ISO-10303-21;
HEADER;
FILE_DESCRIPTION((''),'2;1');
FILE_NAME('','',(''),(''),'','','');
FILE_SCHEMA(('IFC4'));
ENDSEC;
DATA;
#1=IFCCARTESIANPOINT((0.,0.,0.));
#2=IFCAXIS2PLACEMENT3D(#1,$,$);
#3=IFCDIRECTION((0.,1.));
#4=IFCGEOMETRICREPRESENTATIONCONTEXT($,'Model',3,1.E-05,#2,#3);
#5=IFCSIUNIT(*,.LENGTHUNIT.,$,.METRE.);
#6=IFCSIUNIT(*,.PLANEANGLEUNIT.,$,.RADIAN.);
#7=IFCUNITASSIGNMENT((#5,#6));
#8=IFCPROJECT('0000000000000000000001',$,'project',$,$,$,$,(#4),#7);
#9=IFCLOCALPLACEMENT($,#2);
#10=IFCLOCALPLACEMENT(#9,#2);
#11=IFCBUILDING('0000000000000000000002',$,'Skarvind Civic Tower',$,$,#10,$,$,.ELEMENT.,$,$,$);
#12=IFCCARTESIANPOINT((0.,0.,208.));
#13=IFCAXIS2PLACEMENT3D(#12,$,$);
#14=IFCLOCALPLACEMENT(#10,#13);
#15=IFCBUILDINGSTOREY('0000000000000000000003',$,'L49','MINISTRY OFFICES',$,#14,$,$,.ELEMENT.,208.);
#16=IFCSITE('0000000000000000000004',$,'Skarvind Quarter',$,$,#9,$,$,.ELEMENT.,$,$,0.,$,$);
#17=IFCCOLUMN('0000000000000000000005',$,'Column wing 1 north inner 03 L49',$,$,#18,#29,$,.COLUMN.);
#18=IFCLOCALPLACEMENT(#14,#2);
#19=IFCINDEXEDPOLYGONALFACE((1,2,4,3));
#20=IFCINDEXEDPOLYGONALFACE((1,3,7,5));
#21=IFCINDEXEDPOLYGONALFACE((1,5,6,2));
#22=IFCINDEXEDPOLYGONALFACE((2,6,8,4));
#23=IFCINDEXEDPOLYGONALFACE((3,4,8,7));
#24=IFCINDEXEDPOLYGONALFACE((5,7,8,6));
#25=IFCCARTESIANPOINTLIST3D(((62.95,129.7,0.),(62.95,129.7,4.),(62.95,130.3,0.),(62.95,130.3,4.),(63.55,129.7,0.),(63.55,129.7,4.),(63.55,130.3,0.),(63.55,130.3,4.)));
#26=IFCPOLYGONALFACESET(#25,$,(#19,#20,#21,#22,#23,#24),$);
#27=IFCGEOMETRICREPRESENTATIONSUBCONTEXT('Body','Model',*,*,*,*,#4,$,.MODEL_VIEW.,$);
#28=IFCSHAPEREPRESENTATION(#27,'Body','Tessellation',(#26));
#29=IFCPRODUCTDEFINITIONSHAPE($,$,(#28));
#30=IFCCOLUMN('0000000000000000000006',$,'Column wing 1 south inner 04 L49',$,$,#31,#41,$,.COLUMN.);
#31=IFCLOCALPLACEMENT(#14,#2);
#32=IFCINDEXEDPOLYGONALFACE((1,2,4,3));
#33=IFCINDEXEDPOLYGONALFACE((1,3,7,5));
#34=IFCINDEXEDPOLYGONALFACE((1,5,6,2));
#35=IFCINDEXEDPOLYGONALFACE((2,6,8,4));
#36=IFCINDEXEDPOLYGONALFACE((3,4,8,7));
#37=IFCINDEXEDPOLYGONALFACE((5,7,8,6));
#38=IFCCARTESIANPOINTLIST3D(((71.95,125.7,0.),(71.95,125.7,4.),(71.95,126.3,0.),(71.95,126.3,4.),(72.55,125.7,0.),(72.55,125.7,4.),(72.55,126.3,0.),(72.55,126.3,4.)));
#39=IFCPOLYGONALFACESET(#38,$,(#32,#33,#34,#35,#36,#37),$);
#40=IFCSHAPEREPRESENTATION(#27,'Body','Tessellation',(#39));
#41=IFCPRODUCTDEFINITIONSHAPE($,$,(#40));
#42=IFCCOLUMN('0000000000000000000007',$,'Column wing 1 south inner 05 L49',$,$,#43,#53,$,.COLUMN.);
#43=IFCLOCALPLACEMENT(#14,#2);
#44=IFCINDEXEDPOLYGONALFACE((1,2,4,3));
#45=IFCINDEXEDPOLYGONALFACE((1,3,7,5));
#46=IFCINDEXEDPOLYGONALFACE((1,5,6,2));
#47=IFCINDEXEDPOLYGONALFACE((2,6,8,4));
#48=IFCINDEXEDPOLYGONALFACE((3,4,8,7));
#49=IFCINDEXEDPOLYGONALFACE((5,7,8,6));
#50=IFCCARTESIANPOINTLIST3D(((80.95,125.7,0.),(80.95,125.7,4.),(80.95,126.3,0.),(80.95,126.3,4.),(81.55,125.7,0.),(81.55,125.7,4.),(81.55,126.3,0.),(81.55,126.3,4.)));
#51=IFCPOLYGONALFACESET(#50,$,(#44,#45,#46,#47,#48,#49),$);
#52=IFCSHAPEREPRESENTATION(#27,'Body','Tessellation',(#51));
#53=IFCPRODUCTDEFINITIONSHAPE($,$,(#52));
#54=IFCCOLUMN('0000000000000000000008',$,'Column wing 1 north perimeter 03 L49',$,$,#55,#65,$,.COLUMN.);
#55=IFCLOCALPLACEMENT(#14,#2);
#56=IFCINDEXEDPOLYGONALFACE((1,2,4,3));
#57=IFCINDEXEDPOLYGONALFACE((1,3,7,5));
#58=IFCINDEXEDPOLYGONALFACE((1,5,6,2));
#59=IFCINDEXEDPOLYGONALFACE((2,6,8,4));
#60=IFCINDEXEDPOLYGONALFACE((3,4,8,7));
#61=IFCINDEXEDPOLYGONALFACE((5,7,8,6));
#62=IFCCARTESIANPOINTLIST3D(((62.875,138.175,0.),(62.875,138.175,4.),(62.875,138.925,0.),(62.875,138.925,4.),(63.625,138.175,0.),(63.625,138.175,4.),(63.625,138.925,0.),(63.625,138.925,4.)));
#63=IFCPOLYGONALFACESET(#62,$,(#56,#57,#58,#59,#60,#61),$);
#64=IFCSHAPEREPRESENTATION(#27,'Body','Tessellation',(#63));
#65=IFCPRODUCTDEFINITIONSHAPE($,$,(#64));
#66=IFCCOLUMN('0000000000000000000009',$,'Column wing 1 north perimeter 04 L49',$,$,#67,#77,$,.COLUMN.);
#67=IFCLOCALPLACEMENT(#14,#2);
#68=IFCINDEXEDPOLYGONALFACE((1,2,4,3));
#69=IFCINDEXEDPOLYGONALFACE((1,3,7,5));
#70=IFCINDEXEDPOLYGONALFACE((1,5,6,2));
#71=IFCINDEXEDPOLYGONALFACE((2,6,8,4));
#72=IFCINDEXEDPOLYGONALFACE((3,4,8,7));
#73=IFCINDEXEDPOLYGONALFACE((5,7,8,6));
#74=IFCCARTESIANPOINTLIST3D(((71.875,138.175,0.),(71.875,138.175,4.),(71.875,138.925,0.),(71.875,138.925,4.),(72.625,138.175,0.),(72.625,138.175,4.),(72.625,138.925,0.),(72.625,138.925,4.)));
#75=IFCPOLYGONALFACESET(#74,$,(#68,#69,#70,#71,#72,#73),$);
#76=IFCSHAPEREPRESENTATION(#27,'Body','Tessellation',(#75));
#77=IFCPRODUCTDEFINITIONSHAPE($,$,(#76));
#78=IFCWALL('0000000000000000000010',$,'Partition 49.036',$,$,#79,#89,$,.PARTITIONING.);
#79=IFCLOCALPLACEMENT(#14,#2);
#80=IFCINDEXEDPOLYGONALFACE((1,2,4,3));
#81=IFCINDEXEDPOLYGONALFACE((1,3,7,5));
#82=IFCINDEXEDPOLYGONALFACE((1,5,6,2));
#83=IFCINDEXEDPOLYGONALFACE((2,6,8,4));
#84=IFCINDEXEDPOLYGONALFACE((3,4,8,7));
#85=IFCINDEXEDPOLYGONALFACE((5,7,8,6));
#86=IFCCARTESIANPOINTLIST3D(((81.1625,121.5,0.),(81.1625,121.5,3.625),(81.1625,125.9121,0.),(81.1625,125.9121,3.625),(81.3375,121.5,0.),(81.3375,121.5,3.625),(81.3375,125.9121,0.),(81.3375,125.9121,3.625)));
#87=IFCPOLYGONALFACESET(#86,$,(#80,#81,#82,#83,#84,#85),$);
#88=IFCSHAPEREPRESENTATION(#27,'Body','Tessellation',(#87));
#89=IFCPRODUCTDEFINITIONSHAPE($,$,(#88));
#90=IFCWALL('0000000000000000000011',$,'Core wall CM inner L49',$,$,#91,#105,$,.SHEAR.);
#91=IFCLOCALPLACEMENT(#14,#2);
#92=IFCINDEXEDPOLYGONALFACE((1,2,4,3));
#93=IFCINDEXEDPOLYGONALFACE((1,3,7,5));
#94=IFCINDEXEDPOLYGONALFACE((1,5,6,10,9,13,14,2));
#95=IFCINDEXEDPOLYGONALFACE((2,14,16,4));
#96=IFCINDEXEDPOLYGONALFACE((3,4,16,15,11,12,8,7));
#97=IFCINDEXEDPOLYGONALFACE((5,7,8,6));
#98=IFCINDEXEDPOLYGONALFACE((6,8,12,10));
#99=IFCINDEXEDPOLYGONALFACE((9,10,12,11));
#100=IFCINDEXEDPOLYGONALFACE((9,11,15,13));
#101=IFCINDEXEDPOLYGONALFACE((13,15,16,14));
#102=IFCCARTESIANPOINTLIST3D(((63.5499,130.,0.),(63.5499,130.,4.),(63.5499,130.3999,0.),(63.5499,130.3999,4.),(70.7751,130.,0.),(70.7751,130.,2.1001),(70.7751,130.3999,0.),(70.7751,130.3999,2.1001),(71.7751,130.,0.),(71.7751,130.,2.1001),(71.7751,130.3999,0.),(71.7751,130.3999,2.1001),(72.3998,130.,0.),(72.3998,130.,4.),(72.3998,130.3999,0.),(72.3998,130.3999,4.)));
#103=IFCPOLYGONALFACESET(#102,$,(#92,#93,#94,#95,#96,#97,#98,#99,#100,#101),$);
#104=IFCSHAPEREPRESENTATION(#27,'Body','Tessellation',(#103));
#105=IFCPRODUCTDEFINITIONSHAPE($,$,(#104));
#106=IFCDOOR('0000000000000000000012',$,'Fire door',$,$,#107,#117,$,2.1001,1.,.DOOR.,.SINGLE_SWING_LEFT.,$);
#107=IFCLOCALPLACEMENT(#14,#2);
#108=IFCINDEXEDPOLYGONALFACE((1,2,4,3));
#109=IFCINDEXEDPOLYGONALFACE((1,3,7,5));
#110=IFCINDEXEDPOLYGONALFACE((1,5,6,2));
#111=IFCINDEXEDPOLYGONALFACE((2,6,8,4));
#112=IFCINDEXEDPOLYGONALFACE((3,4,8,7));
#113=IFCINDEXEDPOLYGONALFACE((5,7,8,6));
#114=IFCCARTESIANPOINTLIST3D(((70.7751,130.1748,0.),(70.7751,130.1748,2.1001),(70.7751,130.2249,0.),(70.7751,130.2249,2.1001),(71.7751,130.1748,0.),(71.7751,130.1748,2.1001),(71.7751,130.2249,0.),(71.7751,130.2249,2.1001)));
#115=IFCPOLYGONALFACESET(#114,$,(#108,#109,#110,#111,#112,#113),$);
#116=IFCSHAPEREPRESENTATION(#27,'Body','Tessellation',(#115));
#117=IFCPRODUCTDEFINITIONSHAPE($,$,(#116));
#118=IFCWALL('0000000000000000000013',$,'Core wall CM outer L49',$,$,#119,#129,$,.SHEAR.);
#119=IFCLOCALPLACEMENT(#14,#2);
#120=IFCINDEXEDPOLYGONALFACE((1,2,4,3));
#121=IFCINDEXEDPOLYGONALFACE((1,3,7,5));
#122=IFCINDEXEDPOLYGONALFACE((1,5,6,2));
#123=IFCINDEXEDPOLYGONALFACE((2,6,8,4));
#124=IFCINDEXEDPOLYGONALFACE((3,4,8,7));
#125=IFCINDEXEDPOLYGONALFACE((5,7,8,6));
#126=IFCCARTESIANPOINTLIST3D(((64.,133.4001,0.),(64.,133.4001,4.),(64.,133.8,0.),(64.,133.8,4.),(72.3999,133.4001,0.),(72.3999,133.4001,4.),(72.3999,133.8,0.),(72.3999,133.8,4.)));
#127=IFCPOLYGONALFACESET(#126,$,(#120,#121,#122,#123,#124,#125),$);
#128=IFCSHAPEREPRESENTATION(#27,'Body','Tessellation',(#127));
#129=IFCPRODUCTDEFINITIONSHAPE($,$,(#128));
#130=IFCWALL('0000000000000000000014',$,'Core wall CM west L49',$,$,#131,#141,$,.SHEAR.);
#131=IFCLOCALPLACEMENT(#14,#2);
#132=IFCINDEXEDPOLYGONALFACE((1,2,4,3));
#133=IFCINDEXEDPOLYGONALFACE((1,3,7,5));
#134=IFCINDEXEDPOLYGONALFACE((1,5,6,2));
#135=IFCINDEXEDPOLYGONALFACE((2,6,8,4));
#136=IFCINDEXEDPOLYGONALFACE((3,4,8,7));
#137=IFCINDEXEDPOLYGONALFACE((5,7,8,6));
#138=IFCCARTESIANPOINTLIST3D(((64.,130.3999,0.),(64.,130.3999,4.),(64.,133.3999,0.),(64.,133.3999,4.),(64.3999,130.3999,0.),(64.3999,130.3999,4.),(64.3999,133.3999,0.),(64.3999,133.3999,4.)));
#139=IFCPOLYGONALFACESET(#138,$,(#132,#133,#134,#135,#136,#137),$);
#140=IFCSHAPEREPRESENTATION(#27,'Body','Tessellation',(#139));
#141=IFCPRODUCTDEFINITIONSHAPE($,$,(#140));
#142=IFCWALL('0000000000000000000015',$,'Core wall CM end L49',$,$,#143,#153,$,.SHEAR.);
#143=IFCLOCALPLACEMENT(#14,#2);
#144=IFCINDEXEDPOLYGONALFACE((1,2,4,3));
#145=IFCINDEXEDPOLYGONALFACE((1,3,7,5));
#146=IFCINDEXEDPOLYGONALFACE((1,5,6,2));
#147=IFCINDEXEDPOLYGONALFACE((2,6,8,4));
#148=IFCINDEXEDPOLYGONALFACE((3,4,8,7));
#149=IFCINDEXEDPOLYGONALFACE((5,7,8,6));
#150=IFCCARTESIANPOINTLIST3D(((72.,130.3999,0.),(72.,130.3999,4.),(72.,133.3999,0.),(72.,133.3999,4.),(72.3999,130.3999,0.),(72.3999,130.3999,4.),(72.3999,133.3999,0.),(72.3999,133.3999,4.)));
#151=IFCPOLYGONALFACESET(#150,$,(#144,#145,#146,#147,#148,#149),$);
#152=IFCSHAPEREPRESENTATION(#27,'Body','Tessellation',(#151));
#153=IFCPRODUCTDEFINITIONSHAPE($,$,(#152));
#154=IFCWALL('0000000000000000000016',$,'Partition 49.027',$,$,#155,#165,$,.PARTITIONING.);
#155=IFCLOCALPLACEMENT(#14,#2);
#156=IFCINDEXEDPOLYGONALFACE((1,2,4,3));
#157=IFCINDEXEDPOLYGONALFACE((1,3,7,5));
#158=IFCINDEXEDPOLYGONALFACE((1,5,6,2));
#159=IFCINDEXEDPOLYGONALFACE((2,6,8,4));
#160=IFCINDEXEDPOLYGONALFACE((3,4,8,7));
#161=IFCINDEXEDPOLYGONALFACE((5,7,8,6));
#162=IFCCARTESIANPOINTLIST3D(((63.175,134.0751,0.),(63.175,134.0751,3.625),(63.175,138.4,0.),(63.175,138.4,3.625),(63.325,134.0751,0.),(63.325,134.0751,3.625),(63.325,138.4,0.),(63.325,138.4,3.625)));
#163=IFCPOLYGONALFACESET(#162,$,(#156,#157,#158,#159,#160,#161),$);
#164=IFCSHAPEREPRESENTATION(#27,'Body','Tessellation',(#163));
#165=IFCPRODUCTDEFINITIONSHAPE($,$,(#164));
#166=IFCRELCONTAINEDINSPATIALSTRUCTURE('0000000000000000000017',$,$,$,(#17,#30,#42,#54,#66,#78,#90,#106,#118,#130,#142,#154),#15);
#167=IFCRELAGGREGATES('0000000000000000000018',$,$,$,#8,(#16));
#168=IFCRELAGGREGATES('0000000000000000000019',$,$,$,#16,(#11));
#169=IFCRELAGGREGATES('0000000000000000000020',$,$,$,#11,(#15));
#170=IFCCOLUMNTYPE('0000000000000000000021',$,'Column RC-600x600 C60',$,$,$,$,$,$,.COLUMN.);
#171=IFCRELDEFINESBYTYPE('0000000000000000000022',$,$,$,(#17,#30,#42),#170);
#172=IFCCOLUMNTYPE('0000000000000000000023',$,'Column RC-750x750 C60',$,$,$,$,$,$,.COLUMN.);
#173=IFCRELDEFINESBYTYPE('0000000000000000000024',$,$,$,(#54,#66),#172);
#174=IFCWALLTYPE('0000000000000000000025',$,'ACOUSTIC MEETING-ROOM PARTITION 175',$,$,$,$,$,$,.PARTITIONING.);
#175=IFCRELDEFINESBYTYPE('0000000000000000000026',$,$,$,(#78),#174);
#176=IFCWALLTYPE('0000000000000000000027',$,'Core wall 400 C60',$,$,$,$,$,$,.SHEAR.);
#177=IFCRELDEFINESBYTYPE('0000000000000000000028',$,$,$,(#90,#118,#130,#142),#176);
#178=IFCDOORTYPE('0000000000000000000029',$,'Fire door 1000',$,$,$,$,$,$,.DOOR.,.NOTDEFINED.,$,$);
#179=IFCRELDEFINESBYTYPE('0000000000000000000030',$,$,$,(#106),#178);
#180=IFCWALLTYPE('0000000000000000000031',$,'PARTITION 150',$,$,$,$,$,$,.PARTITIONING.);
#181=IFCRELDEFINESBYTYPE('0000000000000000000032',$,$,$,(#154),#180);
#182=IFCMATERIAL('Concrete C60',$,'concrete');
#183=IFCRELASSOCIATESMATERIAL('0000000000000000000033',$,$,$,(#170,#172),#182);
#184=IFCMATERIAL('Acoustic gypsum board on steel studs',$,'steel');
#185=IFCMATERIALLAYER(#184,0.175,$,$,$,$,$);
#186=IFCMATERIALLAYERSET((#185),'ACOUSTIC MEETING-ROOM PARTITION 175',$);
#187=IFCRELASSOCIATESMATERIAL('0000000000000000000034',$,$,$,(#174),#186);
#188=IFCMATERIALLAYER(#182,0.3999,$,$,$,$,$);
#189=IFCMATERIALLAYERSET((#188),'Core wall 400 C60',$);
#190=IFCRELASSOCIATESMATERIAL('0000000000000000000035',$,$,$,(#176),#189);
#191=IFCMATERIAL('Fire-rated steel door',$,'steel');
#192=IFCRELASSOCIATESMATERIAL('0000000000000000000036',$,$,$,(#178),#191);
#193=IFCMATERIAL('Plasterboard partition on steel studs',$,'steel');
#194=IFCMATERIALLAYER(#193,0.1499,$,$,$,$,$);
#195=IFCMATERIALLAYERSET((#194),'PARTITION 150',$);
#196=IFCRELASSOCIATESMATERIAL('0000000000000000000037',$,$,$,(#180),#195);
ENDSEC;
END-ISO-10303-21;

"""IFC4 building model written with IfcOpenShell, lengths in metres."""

from ifc_helpers import new_model, si_unit, direction, frame, frame_2d, origin, origin_2d, place, context, subcontext, project, spatial, rectangle, extrude, material, layer, layer_set, material_profile, profile_set, type_object, element, fill, save


model = new_model("IFC4")

# Units and contexts
model_context = context("Model", 3, precision=1e-05, world=origin(), true_north=direction((0.0, 1.0)))
body_context = subcontext(model_context, "Body", "Model", "MODEL_VIEW")
ifc_project = project(units=[si_unit("LENGTHUNIT", "METRE"), si_unit("PLANEANGLEUNIT", "RADIAN")], contexts=[model_context])

# Site, building, storey
site_placement = place(None, origin())
site = spatial("IfcSite", under=ifc_project, at=site_placement, Name="Skarvind Quarter", CompositionType="ELEMENT", RefElevation=0.0)
building_placement = place(site_placement, origin())
building = spatial("IfcBuilding", under=site, at=building_placement, Name="Skarvind Civic Tower", CompositionType="ELEMENT")
storey_placement = place(building_placement, frame((0.0, 0.0, 208.0)))
storey = spatial("IfcBuildingStorey", under=building, at=storey_placement, Name="L49", Description="MINISTRY OFFICES", CompositionType="ELEMENT", Elevation=208.0)

# Columns
ifc_material_1 = material(Name="Concrete C60", Category="concrete")
ifc_material_profile_1 = material_profile(ifc_material_1, rectangle(XDim=0.6001, YDim=0.6001, at=origin_2d()), Name="RC-600x600")
ifc_profile_set_1 = profile_set([ifc_material_profile_1], Name="Concrete C60")
column_type_1 = type_object("IfcColumnType", Name="Column RC-600x600 C60", PredefinedType="COLUMN", material=ifc_profile_set_1)
for number, where, z_axis, x_axis, name in (
    (1, (63.25, 130.0, 0.0), (0.0, 0.0, 1.0), (1.0, 0.0, 0.0), "Column wing 1 north inner 03 L49"),
    (2, (72.25, 126.0, 0.0), (0.0, 0.0, 1.0), (1.0, 0.0, 0.0), "Column wing 1 south inner 04 L49"),
    (3, (81.25, 126.0, 0.0), (0.0, 0.0, 1.0), (1.0, 0.0, 0.0), "Column wing 1 south inner 05 L49"),
):
    element("IfcColumn", number, at=place(storey_placement, frame(where, z_axis=z_axis, x_axis=x_axis)), inside=storey, type_object=column_type_1, Name=name, PredefinedType="COLUMN", context=body_context, shape_type="SweptSolid", body=[
        extrude(rectangle(XDim=0.6001, YDim=0.6001, at=origin_2d()), origin(), (0.0, 0.0, 1.0), 4.0),
    ])
ifc_material_profile_2 = material_profile(ifc_material_1, rectangle(XDim=0.75, YDim=0.75, at=origin_2d()), Name="RC-750x750")
ifc_profile_set_2 = profile_set([ifc_material_profile_2], Name="Concrete C60")
column_type_2 = type_object("IfcColumnType", Name="Column RC-750x750 C60", PredefinedType="COLUMN", material=ifc_profile_set_2)
for number, where, z_axis, x_axis, name in (
    (4, (63.25, 138.55, 0.0), (0.0, 0.0, 1.0), (1.0, 0.0, 0.0), "Column wing 1 north perimeter 03 L49"),
    (5, (72.25, 138.55, 0.0), (0.0, 0.0, 1.0), (1.0, 0.0, 0.0), "Column wing 1 north perimeter 04 L49"),
):
    element("IfcColumn", number, at=place(storey_placement, frame(where, z_axis=z_axis, x_axis=x_axis)), inside=storey, type_object=column_type_2, Name=name, PredefinedType="COLUMN", context=body_context, shape_type="SweptSolid", body=[
        extrude(rectangle(XDim=0.75, YDim=0.75, at=origin_2d()), origin(), (0.0, 0.0, 1.0), 4.0),
    ])

# Wall
ifc_material_2 = material(Name="Acoustic gypsum board on steel studs", Category="steel")
ifc_layer_1 = layer(ifc_material_2, 0.175)
ifc_layer_set_1 = layer_set([ifc_layer_1], Name="ACOUSTIC MEETING-ROOM PARTITION 175")
wall_type_1 = type_object("IfcWallType", Name="ACOUSTIC MEETING-ROOM PARTITION 175", PredefinedType="PARTITIONING", material=ifc_layer_set_1)
wall_1_placement = place(storey_placement, frame((81.25, 121.5, 0.0), z_axis=(0.0, 0.0, 1.0), x_axis=(0.0, 1.0, 0.0)))
element("IfcWall", 6, at=wall_1_placement, inside=storey, type_object=wall_type_1, Name="Partition 49.036", PredefinedType="PARTITIONING", context=body_context, shape_type="SweptSolid", body=[
    extrude(rectangle(XDim=4.4121, YDim=0.175, at=frame_2d((2.2061, 0.0))), origin(), (0.0, 0.0, 1.0), 3.625),
])

# Wall, opening, door
ifc_layer_2 = layer(ifc_material_1, 0.3999)
ifc_layer_set_2 = layer_set([ifc_layer_2], Name="Core wall 400 C60")
wall_type_2 = type_object("IfcWallType", Name="Core wall 400 C60", PredefinedType="SHEAR", material=ifc_layer_set_2)
wall_2_placement = place(storey_placement, frame((63.55, 130.2, 0.0), z_axis=(0.0, 0.0, 1.0), x_axis=(1.0, 0.0, 0.0)))
wall_2 = element("IfcWall", 7, at=wall_2_placement, inside=storey, type_object=wall_type_2, Name="Core wall CM inner L49", PredefinedType="SHEAR", context=body_context, shape_type="SweptSolid", body=[
    extrude(rectangle(XDim=8.8499, YDim=0.3999, at=frame_2d((4.4248, 0.0))), origin(), (0.0, 0.0, 1.0), 4.0),
])
opening_1_placement = place(wall_2_placement, frame((7.2251, 0.0, 0.0)))
opening_1 = element("IfcOpeningElement", 8, at=opening_1_placement, cuts=wall_2, PredefinedType="OPENING", context=body_context, shape_type="SweptSolid", body=[
    extrude(rectangle(XDim=1.0, YDim=2.1001, at=frame_2d((0.5, 1.05))), frame((0.0, 0.21, 0.0), z_axis=(0.0, -1.0, 0.0), x_axis=(1.0, 0.0, 0.0)), (0.0, 0.0, 1.0), 0.4199),
])
ifc_material_3 = material(Name="Fire-rated steel door", Category="steel")
door_type_1 = type_object("IfcDoorType", Name="Fire door 1000", OperationType="NOTDEFINED", PredefinedType="DOOR", material=ifc_material_3)
door_1_placement = place(opening_1_placement, origin())
door_1 = element("IfcDoor", 9, at=door_1_placement, inside=storey, type_object=door_type_1, Name="Fire door", OperationType="SINGLE_SWING_LEFT", OverallHeight=2.1001, OverallWidth=1.0, PredefinedType="DOOR", context=body_context, shape_type="SweptSolid", body=[
    extrude(rectangle(XDim=1.0, YDim=2.1001, at=frame_2d((0.5, 1.05))), frame((0.0, 0.0249, 0.0), z_axis=(0.0, -1.0, 0.0), x_axis=(1.0, 0.0, 0.0)), (0.0, 0.0, 1.0), 0.05),
])
fill(opening_1, door_1)

# Walls
wall_3_placement = place(storey_placement, frame((64.0, 133.6001, 0.0), z_axis=(0.0, 0.0, 1.0), x_axis=(1.0, 0.0, 0.0)))
element("IfcWall", 10, at=wall_3_placement, inside=storey, type_object=wall_type_2, Name="Core wall CM outer L49", PredefinedType="SHEAR", context=body_context, shape_type="SweptSolid", body=[
    extrude(rectangle(XDim=8.3999, YDim=0.3999, at=frame_2d((4.2, 0.0))), origin(), (0.0, 0.0, 1.0), 4.0),
])
for number, where, z_axis, x_axis, name in (
    (11, (64.2, 130.3999, 0.0), (0.0, 0.0, 1.0), (0.0, 1.0, 0.0), "Core wall CM west L49"),
    (12, (72.2, 130.3999, 0.0), (0.0, 0.0, 1.0), (0.0, 1.0, 0.0), "Core wall CM end L49"),
):
    element("IfcWall", number, at=place(storey_placement, frame(where, z_axis=z_axis, x_axis=x_axis)), inside=storey, type_object=wall_type_2, Name=name, PredefinedType="SHEAR", context=body_context, shape_type="SweptSolid", body=[
        extrude(rectangle(XDim=3.0, YDim=0.3999, at=frame_2d((1.5, 0.0))), origin(), (0.0, 0.0, 1.0), 4.0),
    ])
ifc_material_4 = material(Name="Plasterboard partition on steel studs", Category="steel")
ifc_layer_3 = layer(ifc_material_4, 0.1499)
ifc_layer_set_3 = layer_set([ifc_layer_3], Name="PARTITION 150")
wall_type_3 = type_object("IfcWallType", Name="PARTITION 150", PredefinedType="PARTITIONING", material=ifc_layer_set_3)
wall_4_placement = place(storey_placement, frame((63.25, 134.075, 0.0), z_axis=(0.0, 0.0, 1.0), x_axis=(0.0, 1.0, 0.0)))
element("IfcWall", 13, at=wall_4_placement, inside=storey, type_object=wall_type_3, Name="Partition 49.027", PredefinedType="PARTITIONING", context=body_context, shape_type="SweptSolid", body=[
    extrude(rectangle(XDim=4.325, YDim=0.1499, at=frame_2d((2.1626, 0.0))), origin(), (0.0, 0.0, 1.0), 3.625),
])

save(model, "model.ifc")
